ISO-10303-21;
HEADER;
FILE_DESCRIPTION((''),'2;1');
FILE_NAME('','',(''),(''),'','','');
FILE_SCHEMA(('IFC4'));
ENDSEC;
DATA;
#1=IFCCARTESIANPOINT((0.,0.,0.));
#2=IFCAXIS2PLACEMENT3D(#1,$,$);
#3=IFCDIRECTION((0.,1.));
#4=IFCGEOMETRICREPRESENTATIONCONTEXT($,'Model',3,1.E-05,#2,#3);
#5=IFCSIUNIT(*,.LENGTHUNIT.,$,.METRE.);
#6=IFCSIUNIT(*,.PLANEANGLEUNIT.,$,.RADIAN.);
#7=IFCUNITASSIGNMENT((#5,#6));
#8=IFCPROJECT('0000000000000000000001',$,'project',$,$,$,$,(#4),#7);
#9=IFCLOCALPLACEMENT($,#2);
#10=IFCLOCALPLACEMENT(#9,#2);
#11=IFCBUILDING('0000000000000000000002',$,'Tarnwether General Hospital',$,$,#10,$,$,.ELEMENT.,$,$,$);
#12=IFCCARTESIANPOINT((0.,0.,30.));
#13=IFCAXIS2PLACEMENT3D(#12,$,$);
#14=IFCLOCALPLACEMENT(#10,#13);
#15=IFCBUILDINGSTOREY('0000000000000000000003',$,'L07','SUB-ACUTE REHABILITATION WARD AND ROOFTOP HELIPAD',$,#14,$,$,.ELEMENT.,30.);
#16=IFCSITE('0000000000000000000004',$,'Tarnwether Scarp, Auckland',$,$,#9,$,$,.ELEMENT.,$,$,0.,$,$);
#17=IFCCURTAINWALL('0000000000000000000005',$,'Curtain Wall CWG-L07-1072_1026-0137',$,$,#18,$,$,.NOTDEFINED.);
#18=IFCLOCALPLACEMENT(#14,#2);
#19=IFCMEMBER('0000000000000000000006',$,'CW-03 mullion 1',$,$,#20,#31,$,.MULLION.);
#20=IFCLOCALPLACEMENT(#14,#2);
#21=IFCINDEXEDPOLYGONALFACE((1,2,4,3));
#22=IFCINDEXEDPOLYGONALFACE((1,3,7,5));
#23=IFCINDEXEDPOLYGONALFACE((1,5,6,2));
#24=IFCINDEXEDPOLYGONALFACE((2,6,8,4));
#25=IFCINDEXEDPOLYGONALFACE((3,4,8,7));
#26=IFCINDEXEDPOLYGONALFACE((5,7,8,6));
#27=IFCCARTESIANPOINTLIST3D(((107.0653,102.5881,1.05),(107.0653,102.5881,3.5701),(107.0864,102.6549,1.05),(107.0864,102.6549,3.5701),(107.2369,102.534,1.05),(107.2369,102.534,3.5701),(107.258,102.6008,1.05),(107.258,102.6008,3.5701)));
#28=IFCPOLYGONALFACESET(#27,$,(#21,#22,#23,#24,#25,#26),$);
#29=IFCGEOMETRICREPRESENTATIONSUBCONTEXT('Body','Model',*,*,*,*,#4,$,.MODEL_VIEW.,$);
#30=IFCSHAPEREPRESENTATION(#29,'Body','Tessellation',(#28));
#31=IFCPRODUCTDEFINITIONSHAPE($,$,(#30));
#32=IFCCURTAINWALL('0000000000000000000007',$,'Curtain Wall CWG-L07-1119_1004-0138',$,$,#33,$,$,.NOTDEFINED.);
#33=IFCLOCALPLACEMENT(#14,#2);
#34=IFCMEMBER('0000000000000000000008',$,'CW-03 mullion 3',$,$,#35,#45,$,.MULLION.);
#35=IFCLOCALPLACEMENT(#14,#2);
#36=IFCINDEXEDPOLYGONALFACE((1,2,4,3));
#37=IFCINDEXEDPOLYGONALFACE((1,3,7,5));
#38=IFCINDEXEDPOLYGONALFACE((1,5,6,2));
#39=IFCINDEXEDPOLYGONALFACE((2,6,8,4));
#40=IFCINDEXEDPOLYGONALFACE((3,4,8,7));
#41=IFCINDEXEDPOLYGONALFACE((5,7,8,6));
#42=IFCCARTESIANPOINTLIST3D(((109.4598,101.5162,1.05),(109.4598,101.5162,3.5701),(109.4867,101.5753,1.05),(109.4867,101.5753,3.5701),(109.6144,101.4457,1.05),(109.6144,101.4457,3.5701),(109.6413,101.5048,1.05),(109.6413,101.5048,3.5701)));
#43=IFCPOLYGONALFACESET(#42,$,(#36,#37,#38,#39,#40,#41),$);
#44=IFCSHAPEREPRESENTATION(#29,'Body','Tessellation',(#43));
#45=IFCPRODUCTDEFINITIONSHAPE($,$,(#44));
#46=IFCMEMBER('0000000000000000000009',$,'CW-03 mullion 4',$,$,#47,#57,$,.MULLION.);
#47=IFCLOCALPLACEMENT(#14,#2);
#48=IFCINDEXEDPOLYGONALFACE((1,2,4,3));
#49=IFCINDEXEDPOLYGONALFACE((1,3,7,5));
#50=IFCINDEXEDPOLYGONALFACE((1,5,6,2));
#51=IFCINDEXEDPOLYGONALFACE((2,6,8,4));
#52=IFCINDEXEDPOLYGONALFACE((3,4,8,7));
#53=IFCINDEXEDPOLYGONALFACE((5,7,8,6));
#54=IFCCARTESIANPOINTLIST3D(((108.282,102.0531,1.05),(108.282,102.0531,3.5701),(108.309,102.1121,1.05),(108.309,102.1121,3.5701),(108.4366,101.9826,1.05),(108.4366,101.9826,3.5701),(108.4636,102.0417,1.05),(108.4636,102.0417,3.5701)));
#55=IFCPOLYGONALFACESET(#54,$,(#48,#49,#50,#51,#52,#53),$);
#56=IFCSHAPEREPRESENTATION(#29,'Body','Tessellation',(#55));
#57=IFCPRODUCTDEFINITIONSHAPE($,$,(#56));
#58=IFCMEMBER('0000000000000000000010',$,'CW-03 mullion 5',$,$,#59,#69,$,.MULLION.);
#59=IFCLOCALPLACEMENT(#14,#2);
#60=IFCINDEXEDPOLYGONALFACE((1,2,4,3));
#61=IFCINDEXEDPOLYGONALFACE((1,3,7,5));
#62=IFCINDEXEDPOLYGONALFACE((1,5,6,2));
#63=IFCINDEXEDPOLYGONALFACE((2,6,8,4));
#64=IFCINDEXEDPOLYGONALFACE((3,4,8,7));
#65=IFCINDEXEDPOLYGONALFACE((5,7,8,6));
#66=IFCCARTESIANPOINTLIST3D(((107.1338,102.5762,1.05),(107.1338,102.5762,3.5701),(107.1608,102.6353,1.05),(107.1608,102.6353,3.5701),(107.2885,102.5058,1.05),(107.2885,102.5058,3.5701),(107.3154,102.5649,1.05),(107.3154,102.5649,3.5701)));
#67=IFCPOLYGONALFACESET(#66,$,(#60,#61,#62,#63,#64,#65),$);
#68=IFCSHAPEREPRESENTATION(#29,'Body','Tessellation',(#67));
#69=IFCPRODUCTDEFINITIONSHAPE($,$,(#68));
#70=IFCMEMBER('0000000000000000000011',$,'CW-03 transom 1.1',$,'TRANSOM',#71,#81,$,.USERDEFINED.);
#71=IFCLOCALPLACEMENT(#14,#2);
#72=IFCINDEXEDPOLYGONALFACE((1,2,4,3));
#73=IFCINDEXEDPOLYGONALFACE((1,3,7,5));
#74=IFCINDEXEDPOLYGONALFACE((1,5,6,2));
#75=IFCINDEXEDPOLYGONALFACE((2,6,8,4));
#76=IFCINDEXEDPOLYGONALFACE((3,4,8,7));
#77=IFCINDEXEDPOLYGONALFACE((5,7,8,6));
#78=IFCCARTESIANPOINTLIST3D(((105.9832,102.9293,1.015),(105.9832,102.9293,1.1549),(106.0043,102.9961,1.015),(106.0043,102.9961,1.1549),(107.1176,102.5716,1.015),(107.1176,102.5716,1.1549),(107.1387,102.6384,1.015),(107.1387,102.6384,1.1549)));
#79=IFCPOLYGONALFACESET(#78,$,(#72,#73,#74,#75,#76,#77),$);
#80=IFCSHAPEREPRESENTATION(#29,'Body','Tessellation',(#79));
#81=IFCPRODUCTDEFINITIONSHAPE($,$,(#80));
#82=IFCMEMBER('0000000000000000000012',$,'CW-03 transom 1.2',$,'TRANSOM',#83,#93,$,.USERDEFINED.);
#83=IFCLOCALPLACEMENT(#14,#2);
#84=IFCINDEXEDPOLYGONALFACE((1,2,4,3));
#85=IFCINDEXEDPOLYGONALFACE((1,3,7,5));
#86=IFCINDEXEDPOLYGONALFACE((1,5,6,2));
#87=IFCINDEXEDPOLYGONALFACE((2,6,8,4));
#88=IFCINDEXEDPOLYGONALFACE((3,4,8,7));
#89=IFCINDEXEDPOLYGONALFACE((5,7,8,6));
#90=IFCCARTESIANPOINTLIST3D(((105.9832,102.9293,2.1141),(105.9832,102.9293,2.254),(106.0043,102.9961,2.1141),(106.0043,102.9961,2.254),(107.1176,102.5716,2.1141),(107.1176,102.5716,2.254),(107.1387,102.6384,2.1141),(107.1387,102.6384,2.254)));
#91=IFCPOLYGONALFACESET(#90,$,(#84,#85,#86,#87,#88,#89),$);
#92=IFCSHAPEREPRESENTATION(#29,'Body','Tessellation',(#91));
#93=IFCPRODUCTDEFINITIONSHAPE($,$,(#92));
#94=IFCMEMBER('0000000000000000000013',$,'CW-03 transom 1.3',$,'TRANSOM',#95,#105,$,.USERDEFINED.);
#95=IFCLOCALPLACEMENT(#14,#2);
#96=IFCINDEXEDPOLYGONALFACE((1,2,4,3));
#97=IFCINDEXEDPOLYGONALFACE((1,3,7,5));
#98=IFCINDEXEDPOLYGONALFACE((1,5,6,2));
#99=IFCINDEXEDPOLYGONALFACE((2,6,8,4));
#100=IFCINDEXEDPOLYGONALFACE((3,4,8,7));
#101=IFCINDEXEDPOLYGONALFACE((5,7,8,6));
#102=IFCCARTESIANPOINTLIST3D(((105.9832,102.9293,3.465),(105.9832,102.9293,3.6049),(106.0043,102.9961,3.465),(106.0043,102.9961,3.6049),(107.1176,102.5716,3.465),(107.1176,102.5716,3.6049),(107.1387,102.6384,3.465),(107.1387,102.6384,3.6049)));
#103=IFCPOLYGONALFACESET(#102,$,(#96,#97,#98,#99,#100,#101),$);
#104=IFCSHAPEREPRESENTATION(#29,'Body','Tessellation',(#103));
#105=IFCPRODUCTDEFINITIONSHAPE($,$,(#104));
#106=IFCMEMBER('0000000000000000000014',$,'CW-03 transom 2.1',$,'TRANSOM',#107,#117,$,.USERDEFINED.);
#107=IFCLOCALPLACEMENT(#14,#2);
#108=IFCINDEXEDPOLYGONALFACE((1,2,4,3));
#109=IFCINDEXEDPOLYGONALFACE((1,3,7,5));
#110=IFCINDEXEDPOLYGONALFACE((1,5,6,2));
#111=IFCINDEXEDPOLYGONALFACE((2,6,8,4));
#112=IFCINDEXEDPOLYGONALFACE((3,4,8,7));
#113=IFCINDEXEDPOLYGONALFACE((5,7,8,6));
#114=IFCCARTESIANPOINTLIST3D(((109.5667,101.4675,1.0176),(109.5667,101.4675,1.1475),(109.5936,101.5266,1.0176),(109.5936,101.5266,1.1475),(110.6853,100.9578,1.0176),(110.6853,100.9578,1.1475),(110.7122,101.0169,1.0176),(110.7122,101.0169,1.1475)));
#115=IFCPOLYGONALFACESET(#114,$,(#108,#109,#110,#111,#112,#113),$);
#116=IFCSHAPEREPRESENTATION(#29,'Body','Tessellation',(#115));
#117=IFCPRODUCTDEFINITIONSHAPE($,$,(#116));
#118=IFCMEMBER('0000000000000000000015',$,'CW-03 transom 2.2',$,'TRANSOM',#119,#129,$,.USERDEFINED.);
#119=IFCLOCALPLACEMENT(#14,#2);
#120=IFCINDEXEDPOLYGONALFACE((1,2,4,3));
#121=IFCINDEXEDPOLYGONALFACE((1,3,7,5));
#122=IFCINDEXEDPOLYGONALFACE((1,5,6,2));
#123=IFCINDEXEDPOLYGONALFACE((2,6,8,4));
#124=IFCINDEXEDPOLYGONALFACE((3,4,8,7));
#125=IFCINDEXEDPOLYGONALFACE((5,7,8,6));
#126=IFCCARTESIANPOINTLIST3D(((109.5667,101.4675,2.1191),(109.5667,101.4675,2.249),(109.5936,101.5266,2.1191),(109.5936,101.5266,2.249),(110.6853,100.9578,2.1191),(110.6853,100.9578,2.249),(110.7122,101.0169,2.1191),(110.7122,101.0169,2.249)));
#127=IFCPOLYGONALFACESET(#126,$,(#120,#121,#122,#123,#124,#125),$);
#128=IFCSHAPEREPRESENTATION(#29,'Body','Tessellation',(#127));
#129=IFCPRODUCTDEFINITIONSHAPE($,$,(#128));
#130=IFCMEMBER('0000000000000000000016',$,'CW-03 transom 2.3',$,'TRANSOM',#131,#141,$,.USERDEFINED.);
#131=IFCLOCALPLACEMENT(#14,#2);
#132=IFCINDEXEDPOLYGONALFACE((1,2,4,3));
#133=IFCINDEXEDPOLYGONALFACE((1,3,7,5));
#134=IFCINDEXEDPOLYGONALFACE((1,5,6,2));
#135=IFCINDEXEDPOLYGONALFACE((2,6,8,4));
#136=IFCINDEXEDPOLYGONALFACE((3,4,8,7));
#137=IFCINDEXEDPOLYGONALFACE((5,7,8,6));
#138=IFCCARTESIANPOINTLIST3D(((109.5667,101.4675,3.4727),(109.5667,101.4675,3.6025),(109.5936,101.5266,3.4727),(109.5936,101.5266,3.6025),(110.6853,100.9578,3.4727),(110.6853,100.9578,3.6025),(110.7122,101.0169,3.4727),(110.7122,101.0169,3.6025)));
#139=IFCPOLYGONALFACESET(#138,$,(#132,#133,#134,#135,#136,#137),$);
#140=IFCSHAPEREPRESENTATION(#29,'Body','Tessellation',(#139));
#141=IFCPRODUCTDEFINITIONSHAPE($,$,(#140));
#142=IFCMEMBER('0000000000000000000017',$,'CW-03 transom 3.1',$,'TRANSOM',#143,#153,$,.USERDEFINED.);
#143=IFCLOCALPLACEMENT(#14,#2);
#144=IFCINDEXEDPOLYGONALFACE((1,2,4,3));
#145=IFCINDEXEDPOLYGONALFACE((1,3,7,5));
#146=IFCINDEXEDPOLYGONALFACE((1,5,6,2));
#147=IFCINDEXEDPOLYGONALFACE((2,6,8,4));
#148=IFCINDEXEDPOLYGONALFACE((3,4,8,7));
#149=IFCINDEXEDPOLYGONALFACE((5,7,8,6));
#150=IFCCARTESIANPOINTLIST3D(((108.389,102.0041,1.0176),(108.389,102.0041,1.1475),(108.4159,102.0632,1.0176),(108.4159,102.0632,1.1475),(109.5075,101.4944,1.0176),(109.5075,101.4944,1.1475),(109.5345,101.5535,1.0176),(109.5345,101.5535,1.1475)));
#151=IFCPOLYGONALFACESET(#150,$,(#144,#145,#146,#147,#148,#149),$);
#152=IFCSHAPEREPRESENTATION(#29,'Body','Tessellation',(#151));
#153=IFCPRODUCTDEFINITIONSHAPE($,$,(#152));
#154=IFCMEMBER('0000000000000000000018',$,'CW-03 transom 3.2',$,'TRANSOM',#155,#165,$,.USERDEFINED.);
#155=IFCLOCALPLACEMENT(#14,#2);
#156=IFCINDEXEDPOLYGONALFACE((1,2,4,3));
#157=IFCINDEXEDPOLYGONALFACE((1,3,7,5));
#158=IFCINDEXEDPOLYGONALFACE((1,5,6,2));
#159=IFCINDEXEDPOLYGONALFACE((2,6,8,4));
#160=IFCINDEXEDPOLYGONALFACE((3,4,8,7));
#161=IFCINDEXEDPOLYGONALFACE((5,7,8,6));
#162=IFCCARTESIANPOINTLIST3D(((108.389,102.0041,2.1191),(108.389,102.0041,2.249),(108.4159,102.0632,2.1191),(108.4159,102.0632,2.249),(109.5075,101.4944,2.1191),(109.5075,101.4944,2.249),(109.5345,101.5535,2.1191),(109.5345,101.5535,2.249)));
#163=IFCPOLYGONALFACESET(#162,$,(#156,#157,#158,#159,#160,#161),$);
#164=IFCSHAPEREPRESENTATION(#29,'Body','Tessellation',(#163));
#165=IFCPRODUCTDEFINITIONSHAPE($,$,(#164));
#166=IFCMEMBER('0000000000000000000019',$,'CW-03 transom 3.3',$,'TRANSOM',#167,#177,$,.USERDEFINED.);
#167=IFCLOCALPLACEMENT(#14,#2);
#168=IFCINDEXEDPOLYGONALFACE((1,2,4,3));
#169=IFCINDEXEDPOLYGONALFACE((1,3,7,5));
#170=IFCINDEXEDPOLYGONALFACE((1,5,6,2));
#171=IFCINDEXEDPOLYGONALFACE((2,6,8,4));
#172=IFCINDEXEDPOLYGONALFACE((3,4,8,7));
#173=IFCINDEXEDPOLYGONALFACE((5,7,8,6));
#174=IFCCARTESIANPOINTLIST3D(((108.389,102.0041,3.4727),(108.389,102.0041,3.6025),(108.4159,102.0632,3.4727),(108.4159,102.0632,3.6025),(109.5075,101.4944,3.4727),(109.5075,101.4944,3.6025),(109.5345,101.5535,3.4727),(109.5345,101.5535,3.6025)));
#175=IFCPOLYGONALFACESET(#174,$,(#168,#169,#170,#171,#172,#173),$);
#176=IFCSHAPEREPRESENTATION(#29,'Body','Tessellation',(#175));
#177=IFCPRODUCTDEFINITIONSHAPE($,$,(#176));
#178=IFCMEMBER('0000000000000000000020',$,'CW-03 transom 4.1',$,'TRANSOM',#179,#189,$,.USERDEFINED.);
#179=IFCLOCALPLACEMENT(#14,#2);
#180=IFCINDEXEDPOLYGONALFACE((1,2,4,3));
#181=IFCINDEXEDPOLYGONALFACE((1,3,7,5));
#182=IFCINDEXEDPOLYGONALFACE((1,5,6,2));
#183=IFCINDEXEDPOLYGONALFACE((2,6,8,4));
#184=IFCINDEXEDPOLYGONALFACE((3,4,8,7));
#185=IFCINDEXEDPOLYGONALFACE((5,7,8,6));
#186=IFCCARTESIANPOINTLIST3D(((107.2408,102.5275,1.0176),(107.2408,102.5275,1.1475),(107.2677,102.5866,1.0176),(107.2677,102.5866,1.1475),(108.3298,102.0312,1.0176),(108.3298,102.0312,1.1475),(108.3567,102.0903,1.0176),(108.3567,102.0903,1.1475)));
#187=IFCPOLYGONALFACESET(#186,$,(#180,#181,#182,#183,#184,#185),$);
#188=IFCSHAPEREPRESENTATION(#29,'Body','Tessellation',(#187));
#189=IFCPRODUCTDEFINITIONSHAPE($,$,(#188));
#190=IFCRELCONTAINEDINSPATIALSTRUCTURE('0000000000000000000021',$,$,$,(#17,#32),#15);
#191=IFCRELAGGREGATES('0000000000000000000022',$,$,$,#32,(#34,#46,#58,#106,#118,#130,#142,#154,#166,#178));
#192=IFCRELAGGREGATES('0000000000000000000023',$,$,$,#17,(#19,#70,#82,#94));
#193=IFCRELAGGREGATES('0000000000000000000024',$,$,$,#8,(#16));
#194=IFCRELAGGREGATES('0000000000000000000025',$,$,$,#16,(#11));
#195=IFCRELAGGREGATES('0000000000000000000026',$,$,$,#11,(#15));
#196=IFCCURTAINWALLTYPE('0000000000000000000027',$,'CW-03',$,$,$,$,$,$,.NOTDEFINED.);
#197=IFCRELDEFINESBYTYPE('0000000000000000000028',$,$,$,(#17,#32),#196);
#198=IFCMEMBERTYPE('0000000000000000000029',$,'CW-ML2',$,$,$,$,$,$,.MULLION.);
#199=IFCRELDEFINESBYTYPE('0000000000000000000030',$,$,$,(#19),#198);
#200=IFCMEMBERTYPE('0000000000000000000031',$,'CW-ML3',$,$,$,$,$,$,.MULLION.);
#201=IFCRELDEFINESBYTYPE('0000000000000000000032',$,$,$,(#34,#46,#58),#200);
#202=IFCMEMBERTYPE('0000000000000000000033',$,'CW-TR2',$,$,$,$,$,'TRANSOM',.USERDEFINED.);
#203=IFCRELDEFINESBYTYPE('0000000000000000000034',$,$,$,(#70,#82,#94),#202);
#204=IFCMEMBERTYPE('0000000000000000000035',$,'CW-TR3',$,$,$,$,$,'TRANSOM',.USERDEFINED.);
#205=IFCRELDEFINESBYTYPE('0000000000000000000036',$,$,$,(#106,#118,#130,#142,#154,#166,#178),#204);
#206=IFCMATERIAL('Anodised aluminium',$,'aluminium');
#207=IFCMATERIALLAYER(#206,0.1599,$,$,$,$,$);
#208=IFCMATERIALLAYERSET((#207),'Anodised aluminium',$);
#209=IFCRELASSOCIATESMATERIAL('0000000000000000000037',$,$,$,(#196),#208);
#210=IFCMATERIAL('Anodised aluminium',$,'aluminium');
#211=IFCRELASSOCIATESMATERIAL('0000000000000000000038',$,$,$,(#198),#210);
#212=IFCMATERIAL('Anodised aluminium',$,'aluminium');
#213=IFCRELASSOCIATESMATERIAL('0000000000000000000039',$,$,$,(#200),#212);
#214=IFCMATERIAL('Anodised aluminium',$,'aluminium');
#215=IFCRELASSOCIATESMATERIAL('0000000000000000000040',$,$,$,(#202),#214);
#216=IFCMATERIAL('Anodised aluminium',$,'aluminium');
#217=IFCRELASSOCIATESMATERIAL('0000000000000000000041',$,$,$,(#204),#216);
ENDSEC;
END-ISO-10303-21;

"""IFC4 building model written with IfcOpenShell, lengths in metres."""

from ifc_helpers import new_model, si_unit, direction, frame, origin, origin_2d, place, context, subcontext, project, spatial, rectangle, extrude, material, layer, layer_set, material_profile, profile_set, type_object, element, aggregate, save


model = new_model("IFC4")

# Units and contexts
model_context = context("Model", 3, precision=1e-05, world=origin(), true_north=direction((0.0, 1.0)))
body_context = subcontext(model_context, "Body", "Model", "MODEL_VIEW")
ifc_project = project(units=[si_unit("LENGTHUNIT", "METRE"), si_unit("PLANEANGLEUNIT", "RADIAN")], contexts=[model_context])

# Site, building, storey
site_placement = place(None, origin())
site = spatial("IfcSite", under=ifc_project, at=site_placement, Name="Tarnwether Scarp, Auckland", CompositionType="ELEMENT", RefElevation=0.0)
building_placement = place(site_placement, origin())
building = spatial("IfcBuilding", under=site, at=building_placement, Name="Tarnwether General Hospital", CompositionType="ELEMENT")
storey_placement = place(building_placement, frame((0.0, 0.0, 30.0)))
storey = spatial("IfcBuildingStorey", under=building, at=storey_placement, Name="L07", Description="SUB-ACUTE REHABILITATION WARD AND ROOFTOP HELIPAD", CompositionType="ELEMENT", Elevation=30.0)

# Curtain wall, member
ifc_material_1 = material(Name="Anodised aluminium", Category="aluminium")
ifc_layer_1 = layer(ifc_material_1, 0.1599)
ifc_layer_set_1 = layer_set([ifc_layer_1], Name="Anodised aluminium")
curtain_wall_type = type_object("IfcCurtainWallType", Name="CW-03", PredefinedType="NOTDEFINED", material=ifc_layer_set_1)
curtain_wall_1_placement = place(storey_placement, origin())
curtain_wall_1 = element("IfcCurtainWall", 1, at=curtain_wall_1_placement, inside=storey, type_object=curtain_wall_type, Name="Curtain Wall CWG-L07-1072_1026-0137", PredefinedType="NOTDEFINED")
ifc_material_2 = material(Name="Anodised aluminium", Category="aluminium")
ifc_material_profile_1 = material_profile(ifc_material_2, rectangle(XDim=0.0701, YDim=0.1799, at=origin_2d()), Name="ALU-MUL-70x180")
ifc_profile_set_1 = profile_set([ifc_material_profile_1], Name="Anodised aluminium")
member_type_1 = type_object("IfcMemberType", Name="CW-ML2", PredefinedType="MULLION", material=ifc_profile_set_1)
member_1_placement = place(storey_placement, frame((107.1616, 102.5945, 1.05), z_axis=(0.0, 0.0, 1.0), x_axis=(-0.300715, -0.953714, 0.0)))
member_1 = element("IfcMember", 2, at=member_1_placement, type_object=member_type_1, Name="CW-03 mullion 1", PredefinedType="MULLION", context=body_context, shape_type="SweptSolid", body=[
    extrude(rectangle(XDim=0.0701, YDim=0.1799, at=origin_2d()), origin(), (0.0, 0.0, 1.0), 2.52),
])

# Curtain wall, members
curtain_wall_2_placement = place(storey_placement, origin())
curtain_wall_2 = element("IfcCurtainWall", 3, at=curtain_wall_2_placement, inside=storey, type_object=curtain_wall_type, Name="Curtain Wall CWG-L07-1119_1004-0138", PredefinedType="NOTDEFINED")
ifc_material_3 = material(Name="Anodised aluminium", Category="aluminium")
ifc_material_profile_2 = material_profile(ifc_material_3, rectangle(XDim=0.0649, YDim=0.1699, at=origin_2d()), Name="ALU-MUL-65x170")
ifc_profile_set_2 = profile_set([ifc_material_profile_2], Name="Anodised aluminium")
member_type_2 = type_object("IfcMemberType", Name="CW-ML3", PredefinedType="MULLION", material=ifc_profile_set_2)
member_2_placement = place(storey_placement, frame((109.5505, 101.5105, 1.05), z_axis=(0.0, 0.0, 1.0), x_axis=(-0.414705, -0.909956, 0.0)))
member_2 = element("IfcMember", 4, at=member_2_placement, type_object=member_type_2, Name="CW-03 mullion 3", PredefinedType="MULLION", context=body_context, shape_type="SweptSolid", body=[
    extrude(rectangle(XDim=0.0649, YDim=0.1699, at=origin_2d()), origin(), (0.0, 0.0, 1.0), 2.52),
])
member_3_placement = place(storey_placement, frame((108.3728, 102.0474, 1.05), z_axis=(0.0, 0.0, 1.0), x_axis=(-0.414705, -0.909956, 0.0)))
member_3 = element("IfcMember", 5, at=member_3_placement, type_object=member_type_2, Name="CW-03 mullion 4", PredefinedType="MULLION", context=body_context, shape_type="SweptSolid", body=[
    extrude(rectangle(XDim=0.0649, YDim=0.1699, at=origin_2d()), origin(), (0.0, 0.0, 1.0), 2.52),
])
member_4_placement = place(storey_placement, frame((107.2246, 102.5706, 1.05), z_axis=(0.0, 0.0, 1.0), x_axis=(-0.414705, -0.909956, 0.0)))
member_4 = element("IfcMember", 6, at=member_4_placement, type_object=member_type_2, Name="CW-03 mullion 5", PredefinedType="MULLION", context=body_context, shape_type="SweptSolid", body=[
    extrude(rectangle(XDim=0.0649, YDim=0.1699, at=origin_2d()), origin(), (0.0, 0.0, 1.0), 2.52),
])

# Members
ifc_material_4 = material(Name="Anodised aluminium", Category="aluminium")
ifc_material_profile_3 = material_profile(ifc_material_4, rectangle(XDim=0.0701, YDim=0.1399, at=origin_2d()), Name="ALU-TRN-70x140")
ifc_profile_set_3 = profile_set([ifc_material_profile_3], Name="Anodised aluminium")
member_type_3 = type_object("IfcMemberType", Name="CW-TR2", ElementType="TRANSOM", PredefinedType="USERDEFINED", material=ifc_profile_set_3)
member_5_placement = place(storey_placement, frame((107.1282, 102.605, 1.085), z_axis=(-0.95371, 0.300729, 0.0), x_axis=(-0.300729, -0.95371, 0.0)))
member_5 = element("IfcMember", 7, at=member_5_placement, type_object=member_type_3, Name="CW-03 transom 1.1", ObjectType="TRANSOM", PredefinedType="USERDEFINED", context=body_context, shape_type="SweptSolid", body=[
    extrude(rectangle(XDim=0.0701, YDim=0.1399, at=origin_2d()), origin(), (0.0, 0.0, 1.0), 1.1895),
])
member_6_placement = place(storey_placement, frame((107.1282, 102.605, 2.1841), z_axis=(-0.95371, 0.300729, 0.0), x_axis=(-0.300729, -0.95371, 0.0)))
member_6 = element("IfcMember", 8, at=member_6_placement, type_object=member_type_3, Name="CW-03 transom 1.2", ObjectType="TRANSOM", PredefinedType="USERDEFINED", context=body_context, shape_type="SweptSolid", body=[
    extrude(rectangle(XDim=0.0701, YDim=0.1399, at=origin_2d()), origin(), (0.0, 0.0, 1.0), 1.1895),
])
member_7_placement = place(storey_placement, frame((107.1282, 102.605, 3.5349), z_axis=(-0.95371, 0.300729, 0.0), x_axis=(-0.300729, -0.95371, 0.0)))
member_7 = element("IfcMember", 9, at=member_7_placement, type_object=member_type_3, Name="CW-03 transom 1.3", ObjectType="TRANSOM", PredefinedType="USERDEFINED", context=body_context, shape_type="SweptSolid", body=[
    extrude(rectangle(XDim=0.0701, YDim=0.1399, at=origin_2d()), origin(), (0.0, 0.0, 1.0), 1.1895),
])
ifc_material_5 = material(Name="Anodised aluminium", Category="aluminium")
ifc_material_profile_4 = material_profile(ifc_material_5, rectangle(XDim=0.0649, YDim=0.1299, at=origin_2d()), Name="ALU-TRN-65x130")
ifc_profile_set_4 = profile_set([ifc_material_profile_4], Name="Anodised aluminium")
member_type_4 = type_object("IfcMemberType", Name="CW-TR3", ElementType="TRANSOM", PredefinedType="USERDEFINED", material=ifc_profile_set_4)
member_8_placement = place(storey_placement, frame((110.6987, 100.9873, 1.0825), z_axis=(-0.909972, 0.414671, 0.0), x_axis=(-0.414671, -0.909972, 0.0)))
member_8 = element("IfcMember", 10, at=member_8_placement, type_object=member_type_4, Name="CW-03 transom 2.1", ObjectType="TRANSOM", PredefinedType="USERDEFINED", context=body_context, shape_type="SweptSolid", body=[
    extrude(rectangle(XDim=0.0649, YDim=0.1299, at=origin_2d()), origin(), (0.0, 0.0, 1.0), 1.2292),
])
member_9_placement = place(storey_placement, frame((110.6987, 100.9873, 2.1841), z_axis=(-0.909972, 0.414671, 0.0), x_axis=(-0.414671, -0.909972, 0.0)))
member_9 = element("IfcMember", 11, at=member_9_placement, type_object=member_type_4, Name="CW-03 transom 2.2", ObjectType="TRANSOM", PredefinedType="USERDEFINED", context=body_context, shape_type="SweptSolid", body=[
    extrude(rectangle(XDim=0.0649, YDim=0.1299, at=origin_2d()), origin(), (0.0, 0.0, 1.0), 1.2292),
])
member_10_placement = place(storey_placement, frame((110.6987, 100.9873, 3.5376), z_axis=(-0.909972, 0.414671, 0.0), x_axis=(-0.414671, -0.909972, 0.0)))
member_10 = element("IfcMember", 12, at=member_10_placement, type_object=member_type_4, Name="CW-03 transom 2.3", ObjectType="TRANSOM", PredefinedType="USERDEFINED", context=body_context, shape_type="SweptSolid", body=[
    extrude(rectangle(XDim=0.0649, YDim=0.1299, at=origin_2d()), origin(), (0.0, 0.0, 1.0), 1.2292),
])
member_11_placement = place(storey_placement, frame((109.521, 101.5239, 1.0825), z_axis=(-0.909972, 0.414671, 0.0), x_axis=(-0.414671, -0.909972, 0.0)))
member_11 = element("IfcMember", 13, at=member_11_placement, type_object=member_type_4, Name="CW-03 transom 3.1", ObjectType="TRANSOM", PredefinedType="USERDEFINED", context=body_context, shape_type="SweptSolid", body=[
    extrude(rectangle(XDim=0.0649, YDim=0.1299, at=origin_2d()), origin(), (0.0, 0.0, 1.0), 1.2292),
])
member_12_placement = place(storey_placement, frame((109.521, 101.5239, 2.1841), z_axis=(-0.909972, 0.414671, 0.0), x_axis=(-0.414671, -0.909972, 0.0)))
member_12 = element("IfcMember", 14, at=member_12_placement, type_object=member_type_4, Name="CW-03 transom 3.2", ObjectType="TRANSOM", PredefinedType="USERDEFINED", context=body_context, shape_type="SweptSolid", body=[
    extrude(rectangle(XDim=0.0649, YDim=0.1299, at=origin_2d()), origin(), (0.0, 0.0, 1.0), 1.2292),
])
member_13_placement = place(storey_placement, frame((109.521, 101.5239, 3.5376), z_axis=(-0.909972, 0.414671, 0.0), x_axis=(-0.414671, -0.909972, 0.0)))
member_13 = element("IfcMember", 15, at=member_13_placement, type_object=member_type_4, Name="CW-03 transom 3.3", ObjectType="TRANSOM", PredefinedType="USERDEFINED", context=body_context, shape_type="SweptSolid", body=[
    extrude(rectangle(XDim=0.0649, YDim=0.1299, at=origin_2d()), origin(), (0.0, 0.0, 1.0), 1.2292),
])
member_14_placement = place(storey_placement, frame((108.3433, 102.0608, 1.0825), z_axis=(-0.909961, 0.414694, 0.0), x_axis=(-0.414694, -0.909961, 0.0)))
member_14 = element("IfcMember", 16, at=member_14_placement, type_object=member_type_4, Name="CW-03 transom 4.1", ObjectType="TRANSOM", PredefinedType="USERDEFINED", context=body_context, shape_type="SweptSolid", body=[
    extrude(rectangle(XDim=0.0649, YDim=0.1299, at=origin_2d()), origin(), (0.0, 0.0, 1.0), 1.1968),
])

aggregate(curtain_wall_2, [member_2, member_3, member_4, member_8, member_9, member_10, member_11, member_12, member_13, member_14])
aggregate(curtain_wall_1, [member_1, member_5, member_6, member_7])

save(model, "model.ifc")
